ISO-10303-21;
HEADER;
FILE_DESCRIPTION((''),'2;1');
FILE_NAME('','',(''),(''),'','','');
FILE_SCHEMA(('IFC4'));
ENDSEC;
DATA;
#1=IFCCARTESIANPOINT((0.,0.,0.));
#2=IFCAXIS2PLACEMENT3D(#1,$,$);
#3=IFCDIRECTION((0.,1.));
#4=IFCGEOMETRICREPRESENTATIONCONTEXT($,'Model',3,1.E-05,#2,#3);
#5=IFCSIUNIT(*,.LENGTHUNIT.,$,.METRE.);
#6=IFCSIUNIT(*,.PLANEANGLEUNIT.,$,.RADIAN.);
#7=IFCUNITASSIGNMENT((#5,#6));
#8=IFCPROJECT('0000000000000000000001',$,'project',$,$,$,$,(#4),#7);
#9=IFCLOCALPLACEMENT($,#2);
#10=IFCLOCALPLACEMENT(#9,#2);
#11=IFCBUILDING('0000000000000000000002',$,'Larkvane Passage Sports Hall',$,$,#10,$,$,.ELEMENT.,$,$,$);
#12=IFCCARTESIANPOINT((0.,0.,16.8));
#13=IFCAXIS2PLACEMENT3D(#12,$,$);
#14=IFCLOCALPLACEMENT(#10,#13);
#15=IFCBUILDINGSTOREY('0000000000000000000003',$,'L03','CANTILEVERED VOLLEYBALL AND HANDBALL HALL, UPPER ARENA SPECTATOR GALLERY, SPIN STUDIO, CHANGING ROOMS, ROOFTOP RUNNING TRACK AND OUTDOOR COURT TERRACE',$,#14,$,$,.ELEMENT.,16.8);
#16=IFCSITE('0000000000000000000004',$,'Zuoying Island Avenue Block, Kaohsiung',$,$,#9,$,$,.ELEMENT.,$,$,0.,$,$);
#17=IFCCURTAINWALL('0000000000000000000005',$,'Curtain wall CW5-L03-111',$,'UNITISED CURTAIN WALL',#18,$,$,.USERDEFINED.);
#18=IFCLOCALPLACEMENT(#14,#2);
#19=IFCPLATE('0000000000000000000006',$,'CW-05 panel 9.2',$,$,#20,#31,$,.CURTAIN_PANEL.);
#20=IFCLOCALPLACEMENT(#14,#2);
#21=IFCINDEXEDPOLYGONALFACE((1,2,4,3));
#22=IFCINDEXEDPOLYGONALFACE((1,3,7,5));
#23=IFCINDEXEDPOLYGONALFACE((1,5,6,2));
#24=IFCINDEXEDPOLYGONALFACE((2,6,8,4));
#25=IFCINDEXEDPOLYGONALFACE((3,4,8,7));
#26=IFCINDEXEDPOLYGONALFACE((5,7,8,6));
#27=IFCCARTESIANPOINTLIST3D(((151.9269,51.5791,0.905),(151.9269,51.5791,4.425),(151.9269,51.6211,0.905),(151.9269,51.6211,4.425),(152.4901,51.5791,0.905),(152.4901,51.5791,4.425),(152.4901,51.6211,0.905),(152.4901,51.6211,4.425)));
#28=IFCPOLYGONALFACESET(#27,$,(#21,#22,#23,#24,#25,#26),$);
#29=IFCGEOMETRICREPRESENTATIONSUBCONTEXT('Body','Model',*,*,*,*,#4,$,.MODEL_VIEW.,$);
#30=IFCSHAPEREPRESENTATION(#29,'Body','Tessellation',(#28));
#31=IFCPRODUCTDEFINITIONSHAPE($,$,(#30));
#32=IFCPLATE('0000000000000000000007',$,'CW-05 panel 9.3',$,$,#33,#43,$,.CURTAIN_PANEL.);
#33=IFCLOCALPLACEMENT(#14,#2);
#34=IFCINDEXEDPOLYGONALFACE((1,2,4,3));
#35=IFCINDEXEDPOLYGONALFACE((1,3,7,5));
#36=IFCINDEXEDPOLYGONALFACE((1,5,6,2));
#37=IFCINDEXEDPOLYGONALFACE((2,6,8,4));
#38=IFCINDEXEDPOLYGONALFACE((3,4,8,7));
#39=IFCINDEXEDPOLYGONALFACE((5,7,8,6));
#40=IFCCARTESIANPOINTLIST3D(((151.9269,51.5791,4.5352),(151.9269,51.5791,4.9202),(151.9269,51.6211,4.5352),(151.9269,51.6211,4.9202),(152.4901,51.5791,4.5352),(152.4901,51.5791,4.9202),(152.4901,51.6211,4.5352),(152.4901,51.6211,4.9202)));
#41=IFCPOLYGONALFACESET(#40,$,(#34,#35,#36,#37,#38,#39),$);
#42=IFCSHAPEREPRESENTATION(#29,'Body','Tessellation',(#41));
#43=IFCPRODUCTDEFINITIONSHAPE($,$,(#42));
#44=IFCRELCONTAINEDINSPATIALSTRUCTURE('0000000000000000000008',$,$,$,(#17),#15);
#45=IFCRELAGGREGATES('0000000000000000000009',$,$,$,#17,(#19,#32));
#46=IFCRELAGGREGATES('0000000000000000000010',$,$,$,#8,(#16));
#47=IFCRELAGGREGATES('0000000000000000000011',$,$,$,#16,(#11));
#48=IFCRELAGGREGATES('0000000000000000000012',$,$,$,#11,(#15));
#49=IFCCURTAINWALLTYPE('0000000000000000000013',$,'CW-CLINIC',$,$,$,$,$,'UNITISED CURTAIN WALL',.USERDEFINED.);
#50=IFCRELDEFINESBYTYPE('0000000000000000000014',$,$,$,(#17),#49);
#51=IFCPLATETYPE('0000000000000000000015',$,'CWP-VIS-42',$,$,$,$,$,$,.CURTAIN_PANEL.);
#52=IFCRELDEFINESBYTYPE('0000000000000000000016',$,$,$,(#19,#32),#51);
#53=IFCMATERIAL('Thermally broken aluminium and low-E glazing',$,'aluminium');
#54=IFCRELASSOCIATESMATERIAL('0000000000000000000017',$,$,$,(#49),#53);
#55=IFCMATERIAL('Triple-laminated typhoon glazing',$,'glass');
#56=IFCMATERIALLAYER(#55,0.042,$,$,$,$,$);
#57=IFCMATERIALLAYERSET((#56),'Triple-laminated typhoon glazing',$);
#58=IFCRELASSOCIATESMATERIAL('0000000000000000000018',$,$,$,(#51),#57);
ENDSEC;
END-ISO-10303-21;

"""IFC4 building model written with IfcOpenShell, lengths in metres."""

from ifc_helpers import new_model, si_unit, direction, frame, origin, origin_2d, place, context, subcontext, project, spatial, rectangle, extrude, material, layer, layer_set, type_object, element, aggregate, save


model = new_model("IFC4")

# Units and contexts
model_context = context("Model", 3, precision=1e-05, world=origin(), true_north=direction((0.0, 1.0)))
body_context = subcontext(model_context, "Body", "Model", "MODEL_VIEW")
ifc_project = project(units=[si_unit("LENGTHUNIT", "METRE"), si_unit("PLANEANGLEUNIT", "RADIAN")], contexts=[model_context])

# Site, building, storey
site_placement = place(None, origin())
site = spatial("IfcSite", under=ifc_project, at=site_placement, Name="Zuoying Island Avenue Block, Kaohsiung", CompositionType="ELEMENT", RefElevation=0.0)
building_placement = place(site_placement, origin())
building = spatial("IfcBuilding", under=site, at=building_placement, Name="Larkvane Passage Sports Hall", CompositionType="ELEMENT")
storey_placement = place(building_placement, frame((0.0, 0.0, 16.8)))
storey = spatial("IfcBuildingStorey", under=building, at=storey_placement, Name="L03", Description="CANTILEVERED VOLLEYBALL AND HANDBALL HALL, UPPER ARENA SPECTATOR GALLERY, SPIN STUDIO, CHANGING ROOMS, ROOFTOP RUNNING TRACK AND OUTDOOR COURT TERRACE", CompositionType="ELEMENT", Elevation=16.8)

# Curtain wall, plates
ifc_material_1 = material(Name="Thermally broken aluminium and low-E glazing", Category="aluminium")
curtain_wall_type = type_object("IfcCurtainWallType", Name="CW-CLINIC", ElementType="UNITISED CURTAIN WALL", PredefinedType="USERDEFINED", material=ifc_material_1)
curtain_wall_placement = place(storey_placement, origin())
curtain_wall = element("IfcCurtainWall", 1, at=curtain_wall_placement, inside=storey, type_object=curtain_wall_type, Name="Curtain wall CW5-L03-111", ObjectType="UNITISED CURTAIN WALL", PredefinedType="USERDEFINED")
ifc_material_2 = material(Name="Triple-laminated typhoon glazing", Category="glass")
ifc_layer_1 = layer(ifc_material_2, 0.042)
ifc_layer_set_1 = layer_set([ifc_layer_1], Name="Triple-laminated typhoon glazing")
plate_type_1 = type_object("IfcPlateType", Name="CWP-VIS-42", PredefinedType="CURTAIN_PANEL", material=ifc_layer_set_1)
plate_1_placement = place(storey_placement, frame((152.2085, 51.6001, 0.905), z_axis=(0.0, 0.0, 1.0), x_axis=(1.0, 0.0, 0.0)))
plate_1 = element("IfcPlate", 2, at=plate_1_placement, type_object=plate_type_1, Name="CW-05 panel 9.2", PredefinedType="CURTAIN_PANEL", context=body_context, shape_type="SweptSolid", body=[
    extrude(rectangle(XDim=0.5632, YDim=0.042, at=origin_2d()), origin(), (0.0, 0.0, 1.0), 3.52),
])
plate_2_placement = place(storey_placement, frame((152.2085, 51.6001, 4.5352), z_axis=(0.0, 0.0, 1.0), x_axis=(1.0, 0.0, 0.0)))
plate_2 = element("IfcPlate", 3, at=plate_2_placement, type_object=plate_type_1, Name="CW-05 panel 9.3", PredefinedType="CURTAIN_PANEL", context=body_context, shape_type="SweptSolid", body=[
    extrude(rectangle(XDim=0.5632, YDim=0.042, at=origin_2d()), origin(), (0.0, 0.0, 1.0), 0.385),
])
aggregate(curtain_wall, [plate_1, plate_2])

save(model, "model.ifc")
